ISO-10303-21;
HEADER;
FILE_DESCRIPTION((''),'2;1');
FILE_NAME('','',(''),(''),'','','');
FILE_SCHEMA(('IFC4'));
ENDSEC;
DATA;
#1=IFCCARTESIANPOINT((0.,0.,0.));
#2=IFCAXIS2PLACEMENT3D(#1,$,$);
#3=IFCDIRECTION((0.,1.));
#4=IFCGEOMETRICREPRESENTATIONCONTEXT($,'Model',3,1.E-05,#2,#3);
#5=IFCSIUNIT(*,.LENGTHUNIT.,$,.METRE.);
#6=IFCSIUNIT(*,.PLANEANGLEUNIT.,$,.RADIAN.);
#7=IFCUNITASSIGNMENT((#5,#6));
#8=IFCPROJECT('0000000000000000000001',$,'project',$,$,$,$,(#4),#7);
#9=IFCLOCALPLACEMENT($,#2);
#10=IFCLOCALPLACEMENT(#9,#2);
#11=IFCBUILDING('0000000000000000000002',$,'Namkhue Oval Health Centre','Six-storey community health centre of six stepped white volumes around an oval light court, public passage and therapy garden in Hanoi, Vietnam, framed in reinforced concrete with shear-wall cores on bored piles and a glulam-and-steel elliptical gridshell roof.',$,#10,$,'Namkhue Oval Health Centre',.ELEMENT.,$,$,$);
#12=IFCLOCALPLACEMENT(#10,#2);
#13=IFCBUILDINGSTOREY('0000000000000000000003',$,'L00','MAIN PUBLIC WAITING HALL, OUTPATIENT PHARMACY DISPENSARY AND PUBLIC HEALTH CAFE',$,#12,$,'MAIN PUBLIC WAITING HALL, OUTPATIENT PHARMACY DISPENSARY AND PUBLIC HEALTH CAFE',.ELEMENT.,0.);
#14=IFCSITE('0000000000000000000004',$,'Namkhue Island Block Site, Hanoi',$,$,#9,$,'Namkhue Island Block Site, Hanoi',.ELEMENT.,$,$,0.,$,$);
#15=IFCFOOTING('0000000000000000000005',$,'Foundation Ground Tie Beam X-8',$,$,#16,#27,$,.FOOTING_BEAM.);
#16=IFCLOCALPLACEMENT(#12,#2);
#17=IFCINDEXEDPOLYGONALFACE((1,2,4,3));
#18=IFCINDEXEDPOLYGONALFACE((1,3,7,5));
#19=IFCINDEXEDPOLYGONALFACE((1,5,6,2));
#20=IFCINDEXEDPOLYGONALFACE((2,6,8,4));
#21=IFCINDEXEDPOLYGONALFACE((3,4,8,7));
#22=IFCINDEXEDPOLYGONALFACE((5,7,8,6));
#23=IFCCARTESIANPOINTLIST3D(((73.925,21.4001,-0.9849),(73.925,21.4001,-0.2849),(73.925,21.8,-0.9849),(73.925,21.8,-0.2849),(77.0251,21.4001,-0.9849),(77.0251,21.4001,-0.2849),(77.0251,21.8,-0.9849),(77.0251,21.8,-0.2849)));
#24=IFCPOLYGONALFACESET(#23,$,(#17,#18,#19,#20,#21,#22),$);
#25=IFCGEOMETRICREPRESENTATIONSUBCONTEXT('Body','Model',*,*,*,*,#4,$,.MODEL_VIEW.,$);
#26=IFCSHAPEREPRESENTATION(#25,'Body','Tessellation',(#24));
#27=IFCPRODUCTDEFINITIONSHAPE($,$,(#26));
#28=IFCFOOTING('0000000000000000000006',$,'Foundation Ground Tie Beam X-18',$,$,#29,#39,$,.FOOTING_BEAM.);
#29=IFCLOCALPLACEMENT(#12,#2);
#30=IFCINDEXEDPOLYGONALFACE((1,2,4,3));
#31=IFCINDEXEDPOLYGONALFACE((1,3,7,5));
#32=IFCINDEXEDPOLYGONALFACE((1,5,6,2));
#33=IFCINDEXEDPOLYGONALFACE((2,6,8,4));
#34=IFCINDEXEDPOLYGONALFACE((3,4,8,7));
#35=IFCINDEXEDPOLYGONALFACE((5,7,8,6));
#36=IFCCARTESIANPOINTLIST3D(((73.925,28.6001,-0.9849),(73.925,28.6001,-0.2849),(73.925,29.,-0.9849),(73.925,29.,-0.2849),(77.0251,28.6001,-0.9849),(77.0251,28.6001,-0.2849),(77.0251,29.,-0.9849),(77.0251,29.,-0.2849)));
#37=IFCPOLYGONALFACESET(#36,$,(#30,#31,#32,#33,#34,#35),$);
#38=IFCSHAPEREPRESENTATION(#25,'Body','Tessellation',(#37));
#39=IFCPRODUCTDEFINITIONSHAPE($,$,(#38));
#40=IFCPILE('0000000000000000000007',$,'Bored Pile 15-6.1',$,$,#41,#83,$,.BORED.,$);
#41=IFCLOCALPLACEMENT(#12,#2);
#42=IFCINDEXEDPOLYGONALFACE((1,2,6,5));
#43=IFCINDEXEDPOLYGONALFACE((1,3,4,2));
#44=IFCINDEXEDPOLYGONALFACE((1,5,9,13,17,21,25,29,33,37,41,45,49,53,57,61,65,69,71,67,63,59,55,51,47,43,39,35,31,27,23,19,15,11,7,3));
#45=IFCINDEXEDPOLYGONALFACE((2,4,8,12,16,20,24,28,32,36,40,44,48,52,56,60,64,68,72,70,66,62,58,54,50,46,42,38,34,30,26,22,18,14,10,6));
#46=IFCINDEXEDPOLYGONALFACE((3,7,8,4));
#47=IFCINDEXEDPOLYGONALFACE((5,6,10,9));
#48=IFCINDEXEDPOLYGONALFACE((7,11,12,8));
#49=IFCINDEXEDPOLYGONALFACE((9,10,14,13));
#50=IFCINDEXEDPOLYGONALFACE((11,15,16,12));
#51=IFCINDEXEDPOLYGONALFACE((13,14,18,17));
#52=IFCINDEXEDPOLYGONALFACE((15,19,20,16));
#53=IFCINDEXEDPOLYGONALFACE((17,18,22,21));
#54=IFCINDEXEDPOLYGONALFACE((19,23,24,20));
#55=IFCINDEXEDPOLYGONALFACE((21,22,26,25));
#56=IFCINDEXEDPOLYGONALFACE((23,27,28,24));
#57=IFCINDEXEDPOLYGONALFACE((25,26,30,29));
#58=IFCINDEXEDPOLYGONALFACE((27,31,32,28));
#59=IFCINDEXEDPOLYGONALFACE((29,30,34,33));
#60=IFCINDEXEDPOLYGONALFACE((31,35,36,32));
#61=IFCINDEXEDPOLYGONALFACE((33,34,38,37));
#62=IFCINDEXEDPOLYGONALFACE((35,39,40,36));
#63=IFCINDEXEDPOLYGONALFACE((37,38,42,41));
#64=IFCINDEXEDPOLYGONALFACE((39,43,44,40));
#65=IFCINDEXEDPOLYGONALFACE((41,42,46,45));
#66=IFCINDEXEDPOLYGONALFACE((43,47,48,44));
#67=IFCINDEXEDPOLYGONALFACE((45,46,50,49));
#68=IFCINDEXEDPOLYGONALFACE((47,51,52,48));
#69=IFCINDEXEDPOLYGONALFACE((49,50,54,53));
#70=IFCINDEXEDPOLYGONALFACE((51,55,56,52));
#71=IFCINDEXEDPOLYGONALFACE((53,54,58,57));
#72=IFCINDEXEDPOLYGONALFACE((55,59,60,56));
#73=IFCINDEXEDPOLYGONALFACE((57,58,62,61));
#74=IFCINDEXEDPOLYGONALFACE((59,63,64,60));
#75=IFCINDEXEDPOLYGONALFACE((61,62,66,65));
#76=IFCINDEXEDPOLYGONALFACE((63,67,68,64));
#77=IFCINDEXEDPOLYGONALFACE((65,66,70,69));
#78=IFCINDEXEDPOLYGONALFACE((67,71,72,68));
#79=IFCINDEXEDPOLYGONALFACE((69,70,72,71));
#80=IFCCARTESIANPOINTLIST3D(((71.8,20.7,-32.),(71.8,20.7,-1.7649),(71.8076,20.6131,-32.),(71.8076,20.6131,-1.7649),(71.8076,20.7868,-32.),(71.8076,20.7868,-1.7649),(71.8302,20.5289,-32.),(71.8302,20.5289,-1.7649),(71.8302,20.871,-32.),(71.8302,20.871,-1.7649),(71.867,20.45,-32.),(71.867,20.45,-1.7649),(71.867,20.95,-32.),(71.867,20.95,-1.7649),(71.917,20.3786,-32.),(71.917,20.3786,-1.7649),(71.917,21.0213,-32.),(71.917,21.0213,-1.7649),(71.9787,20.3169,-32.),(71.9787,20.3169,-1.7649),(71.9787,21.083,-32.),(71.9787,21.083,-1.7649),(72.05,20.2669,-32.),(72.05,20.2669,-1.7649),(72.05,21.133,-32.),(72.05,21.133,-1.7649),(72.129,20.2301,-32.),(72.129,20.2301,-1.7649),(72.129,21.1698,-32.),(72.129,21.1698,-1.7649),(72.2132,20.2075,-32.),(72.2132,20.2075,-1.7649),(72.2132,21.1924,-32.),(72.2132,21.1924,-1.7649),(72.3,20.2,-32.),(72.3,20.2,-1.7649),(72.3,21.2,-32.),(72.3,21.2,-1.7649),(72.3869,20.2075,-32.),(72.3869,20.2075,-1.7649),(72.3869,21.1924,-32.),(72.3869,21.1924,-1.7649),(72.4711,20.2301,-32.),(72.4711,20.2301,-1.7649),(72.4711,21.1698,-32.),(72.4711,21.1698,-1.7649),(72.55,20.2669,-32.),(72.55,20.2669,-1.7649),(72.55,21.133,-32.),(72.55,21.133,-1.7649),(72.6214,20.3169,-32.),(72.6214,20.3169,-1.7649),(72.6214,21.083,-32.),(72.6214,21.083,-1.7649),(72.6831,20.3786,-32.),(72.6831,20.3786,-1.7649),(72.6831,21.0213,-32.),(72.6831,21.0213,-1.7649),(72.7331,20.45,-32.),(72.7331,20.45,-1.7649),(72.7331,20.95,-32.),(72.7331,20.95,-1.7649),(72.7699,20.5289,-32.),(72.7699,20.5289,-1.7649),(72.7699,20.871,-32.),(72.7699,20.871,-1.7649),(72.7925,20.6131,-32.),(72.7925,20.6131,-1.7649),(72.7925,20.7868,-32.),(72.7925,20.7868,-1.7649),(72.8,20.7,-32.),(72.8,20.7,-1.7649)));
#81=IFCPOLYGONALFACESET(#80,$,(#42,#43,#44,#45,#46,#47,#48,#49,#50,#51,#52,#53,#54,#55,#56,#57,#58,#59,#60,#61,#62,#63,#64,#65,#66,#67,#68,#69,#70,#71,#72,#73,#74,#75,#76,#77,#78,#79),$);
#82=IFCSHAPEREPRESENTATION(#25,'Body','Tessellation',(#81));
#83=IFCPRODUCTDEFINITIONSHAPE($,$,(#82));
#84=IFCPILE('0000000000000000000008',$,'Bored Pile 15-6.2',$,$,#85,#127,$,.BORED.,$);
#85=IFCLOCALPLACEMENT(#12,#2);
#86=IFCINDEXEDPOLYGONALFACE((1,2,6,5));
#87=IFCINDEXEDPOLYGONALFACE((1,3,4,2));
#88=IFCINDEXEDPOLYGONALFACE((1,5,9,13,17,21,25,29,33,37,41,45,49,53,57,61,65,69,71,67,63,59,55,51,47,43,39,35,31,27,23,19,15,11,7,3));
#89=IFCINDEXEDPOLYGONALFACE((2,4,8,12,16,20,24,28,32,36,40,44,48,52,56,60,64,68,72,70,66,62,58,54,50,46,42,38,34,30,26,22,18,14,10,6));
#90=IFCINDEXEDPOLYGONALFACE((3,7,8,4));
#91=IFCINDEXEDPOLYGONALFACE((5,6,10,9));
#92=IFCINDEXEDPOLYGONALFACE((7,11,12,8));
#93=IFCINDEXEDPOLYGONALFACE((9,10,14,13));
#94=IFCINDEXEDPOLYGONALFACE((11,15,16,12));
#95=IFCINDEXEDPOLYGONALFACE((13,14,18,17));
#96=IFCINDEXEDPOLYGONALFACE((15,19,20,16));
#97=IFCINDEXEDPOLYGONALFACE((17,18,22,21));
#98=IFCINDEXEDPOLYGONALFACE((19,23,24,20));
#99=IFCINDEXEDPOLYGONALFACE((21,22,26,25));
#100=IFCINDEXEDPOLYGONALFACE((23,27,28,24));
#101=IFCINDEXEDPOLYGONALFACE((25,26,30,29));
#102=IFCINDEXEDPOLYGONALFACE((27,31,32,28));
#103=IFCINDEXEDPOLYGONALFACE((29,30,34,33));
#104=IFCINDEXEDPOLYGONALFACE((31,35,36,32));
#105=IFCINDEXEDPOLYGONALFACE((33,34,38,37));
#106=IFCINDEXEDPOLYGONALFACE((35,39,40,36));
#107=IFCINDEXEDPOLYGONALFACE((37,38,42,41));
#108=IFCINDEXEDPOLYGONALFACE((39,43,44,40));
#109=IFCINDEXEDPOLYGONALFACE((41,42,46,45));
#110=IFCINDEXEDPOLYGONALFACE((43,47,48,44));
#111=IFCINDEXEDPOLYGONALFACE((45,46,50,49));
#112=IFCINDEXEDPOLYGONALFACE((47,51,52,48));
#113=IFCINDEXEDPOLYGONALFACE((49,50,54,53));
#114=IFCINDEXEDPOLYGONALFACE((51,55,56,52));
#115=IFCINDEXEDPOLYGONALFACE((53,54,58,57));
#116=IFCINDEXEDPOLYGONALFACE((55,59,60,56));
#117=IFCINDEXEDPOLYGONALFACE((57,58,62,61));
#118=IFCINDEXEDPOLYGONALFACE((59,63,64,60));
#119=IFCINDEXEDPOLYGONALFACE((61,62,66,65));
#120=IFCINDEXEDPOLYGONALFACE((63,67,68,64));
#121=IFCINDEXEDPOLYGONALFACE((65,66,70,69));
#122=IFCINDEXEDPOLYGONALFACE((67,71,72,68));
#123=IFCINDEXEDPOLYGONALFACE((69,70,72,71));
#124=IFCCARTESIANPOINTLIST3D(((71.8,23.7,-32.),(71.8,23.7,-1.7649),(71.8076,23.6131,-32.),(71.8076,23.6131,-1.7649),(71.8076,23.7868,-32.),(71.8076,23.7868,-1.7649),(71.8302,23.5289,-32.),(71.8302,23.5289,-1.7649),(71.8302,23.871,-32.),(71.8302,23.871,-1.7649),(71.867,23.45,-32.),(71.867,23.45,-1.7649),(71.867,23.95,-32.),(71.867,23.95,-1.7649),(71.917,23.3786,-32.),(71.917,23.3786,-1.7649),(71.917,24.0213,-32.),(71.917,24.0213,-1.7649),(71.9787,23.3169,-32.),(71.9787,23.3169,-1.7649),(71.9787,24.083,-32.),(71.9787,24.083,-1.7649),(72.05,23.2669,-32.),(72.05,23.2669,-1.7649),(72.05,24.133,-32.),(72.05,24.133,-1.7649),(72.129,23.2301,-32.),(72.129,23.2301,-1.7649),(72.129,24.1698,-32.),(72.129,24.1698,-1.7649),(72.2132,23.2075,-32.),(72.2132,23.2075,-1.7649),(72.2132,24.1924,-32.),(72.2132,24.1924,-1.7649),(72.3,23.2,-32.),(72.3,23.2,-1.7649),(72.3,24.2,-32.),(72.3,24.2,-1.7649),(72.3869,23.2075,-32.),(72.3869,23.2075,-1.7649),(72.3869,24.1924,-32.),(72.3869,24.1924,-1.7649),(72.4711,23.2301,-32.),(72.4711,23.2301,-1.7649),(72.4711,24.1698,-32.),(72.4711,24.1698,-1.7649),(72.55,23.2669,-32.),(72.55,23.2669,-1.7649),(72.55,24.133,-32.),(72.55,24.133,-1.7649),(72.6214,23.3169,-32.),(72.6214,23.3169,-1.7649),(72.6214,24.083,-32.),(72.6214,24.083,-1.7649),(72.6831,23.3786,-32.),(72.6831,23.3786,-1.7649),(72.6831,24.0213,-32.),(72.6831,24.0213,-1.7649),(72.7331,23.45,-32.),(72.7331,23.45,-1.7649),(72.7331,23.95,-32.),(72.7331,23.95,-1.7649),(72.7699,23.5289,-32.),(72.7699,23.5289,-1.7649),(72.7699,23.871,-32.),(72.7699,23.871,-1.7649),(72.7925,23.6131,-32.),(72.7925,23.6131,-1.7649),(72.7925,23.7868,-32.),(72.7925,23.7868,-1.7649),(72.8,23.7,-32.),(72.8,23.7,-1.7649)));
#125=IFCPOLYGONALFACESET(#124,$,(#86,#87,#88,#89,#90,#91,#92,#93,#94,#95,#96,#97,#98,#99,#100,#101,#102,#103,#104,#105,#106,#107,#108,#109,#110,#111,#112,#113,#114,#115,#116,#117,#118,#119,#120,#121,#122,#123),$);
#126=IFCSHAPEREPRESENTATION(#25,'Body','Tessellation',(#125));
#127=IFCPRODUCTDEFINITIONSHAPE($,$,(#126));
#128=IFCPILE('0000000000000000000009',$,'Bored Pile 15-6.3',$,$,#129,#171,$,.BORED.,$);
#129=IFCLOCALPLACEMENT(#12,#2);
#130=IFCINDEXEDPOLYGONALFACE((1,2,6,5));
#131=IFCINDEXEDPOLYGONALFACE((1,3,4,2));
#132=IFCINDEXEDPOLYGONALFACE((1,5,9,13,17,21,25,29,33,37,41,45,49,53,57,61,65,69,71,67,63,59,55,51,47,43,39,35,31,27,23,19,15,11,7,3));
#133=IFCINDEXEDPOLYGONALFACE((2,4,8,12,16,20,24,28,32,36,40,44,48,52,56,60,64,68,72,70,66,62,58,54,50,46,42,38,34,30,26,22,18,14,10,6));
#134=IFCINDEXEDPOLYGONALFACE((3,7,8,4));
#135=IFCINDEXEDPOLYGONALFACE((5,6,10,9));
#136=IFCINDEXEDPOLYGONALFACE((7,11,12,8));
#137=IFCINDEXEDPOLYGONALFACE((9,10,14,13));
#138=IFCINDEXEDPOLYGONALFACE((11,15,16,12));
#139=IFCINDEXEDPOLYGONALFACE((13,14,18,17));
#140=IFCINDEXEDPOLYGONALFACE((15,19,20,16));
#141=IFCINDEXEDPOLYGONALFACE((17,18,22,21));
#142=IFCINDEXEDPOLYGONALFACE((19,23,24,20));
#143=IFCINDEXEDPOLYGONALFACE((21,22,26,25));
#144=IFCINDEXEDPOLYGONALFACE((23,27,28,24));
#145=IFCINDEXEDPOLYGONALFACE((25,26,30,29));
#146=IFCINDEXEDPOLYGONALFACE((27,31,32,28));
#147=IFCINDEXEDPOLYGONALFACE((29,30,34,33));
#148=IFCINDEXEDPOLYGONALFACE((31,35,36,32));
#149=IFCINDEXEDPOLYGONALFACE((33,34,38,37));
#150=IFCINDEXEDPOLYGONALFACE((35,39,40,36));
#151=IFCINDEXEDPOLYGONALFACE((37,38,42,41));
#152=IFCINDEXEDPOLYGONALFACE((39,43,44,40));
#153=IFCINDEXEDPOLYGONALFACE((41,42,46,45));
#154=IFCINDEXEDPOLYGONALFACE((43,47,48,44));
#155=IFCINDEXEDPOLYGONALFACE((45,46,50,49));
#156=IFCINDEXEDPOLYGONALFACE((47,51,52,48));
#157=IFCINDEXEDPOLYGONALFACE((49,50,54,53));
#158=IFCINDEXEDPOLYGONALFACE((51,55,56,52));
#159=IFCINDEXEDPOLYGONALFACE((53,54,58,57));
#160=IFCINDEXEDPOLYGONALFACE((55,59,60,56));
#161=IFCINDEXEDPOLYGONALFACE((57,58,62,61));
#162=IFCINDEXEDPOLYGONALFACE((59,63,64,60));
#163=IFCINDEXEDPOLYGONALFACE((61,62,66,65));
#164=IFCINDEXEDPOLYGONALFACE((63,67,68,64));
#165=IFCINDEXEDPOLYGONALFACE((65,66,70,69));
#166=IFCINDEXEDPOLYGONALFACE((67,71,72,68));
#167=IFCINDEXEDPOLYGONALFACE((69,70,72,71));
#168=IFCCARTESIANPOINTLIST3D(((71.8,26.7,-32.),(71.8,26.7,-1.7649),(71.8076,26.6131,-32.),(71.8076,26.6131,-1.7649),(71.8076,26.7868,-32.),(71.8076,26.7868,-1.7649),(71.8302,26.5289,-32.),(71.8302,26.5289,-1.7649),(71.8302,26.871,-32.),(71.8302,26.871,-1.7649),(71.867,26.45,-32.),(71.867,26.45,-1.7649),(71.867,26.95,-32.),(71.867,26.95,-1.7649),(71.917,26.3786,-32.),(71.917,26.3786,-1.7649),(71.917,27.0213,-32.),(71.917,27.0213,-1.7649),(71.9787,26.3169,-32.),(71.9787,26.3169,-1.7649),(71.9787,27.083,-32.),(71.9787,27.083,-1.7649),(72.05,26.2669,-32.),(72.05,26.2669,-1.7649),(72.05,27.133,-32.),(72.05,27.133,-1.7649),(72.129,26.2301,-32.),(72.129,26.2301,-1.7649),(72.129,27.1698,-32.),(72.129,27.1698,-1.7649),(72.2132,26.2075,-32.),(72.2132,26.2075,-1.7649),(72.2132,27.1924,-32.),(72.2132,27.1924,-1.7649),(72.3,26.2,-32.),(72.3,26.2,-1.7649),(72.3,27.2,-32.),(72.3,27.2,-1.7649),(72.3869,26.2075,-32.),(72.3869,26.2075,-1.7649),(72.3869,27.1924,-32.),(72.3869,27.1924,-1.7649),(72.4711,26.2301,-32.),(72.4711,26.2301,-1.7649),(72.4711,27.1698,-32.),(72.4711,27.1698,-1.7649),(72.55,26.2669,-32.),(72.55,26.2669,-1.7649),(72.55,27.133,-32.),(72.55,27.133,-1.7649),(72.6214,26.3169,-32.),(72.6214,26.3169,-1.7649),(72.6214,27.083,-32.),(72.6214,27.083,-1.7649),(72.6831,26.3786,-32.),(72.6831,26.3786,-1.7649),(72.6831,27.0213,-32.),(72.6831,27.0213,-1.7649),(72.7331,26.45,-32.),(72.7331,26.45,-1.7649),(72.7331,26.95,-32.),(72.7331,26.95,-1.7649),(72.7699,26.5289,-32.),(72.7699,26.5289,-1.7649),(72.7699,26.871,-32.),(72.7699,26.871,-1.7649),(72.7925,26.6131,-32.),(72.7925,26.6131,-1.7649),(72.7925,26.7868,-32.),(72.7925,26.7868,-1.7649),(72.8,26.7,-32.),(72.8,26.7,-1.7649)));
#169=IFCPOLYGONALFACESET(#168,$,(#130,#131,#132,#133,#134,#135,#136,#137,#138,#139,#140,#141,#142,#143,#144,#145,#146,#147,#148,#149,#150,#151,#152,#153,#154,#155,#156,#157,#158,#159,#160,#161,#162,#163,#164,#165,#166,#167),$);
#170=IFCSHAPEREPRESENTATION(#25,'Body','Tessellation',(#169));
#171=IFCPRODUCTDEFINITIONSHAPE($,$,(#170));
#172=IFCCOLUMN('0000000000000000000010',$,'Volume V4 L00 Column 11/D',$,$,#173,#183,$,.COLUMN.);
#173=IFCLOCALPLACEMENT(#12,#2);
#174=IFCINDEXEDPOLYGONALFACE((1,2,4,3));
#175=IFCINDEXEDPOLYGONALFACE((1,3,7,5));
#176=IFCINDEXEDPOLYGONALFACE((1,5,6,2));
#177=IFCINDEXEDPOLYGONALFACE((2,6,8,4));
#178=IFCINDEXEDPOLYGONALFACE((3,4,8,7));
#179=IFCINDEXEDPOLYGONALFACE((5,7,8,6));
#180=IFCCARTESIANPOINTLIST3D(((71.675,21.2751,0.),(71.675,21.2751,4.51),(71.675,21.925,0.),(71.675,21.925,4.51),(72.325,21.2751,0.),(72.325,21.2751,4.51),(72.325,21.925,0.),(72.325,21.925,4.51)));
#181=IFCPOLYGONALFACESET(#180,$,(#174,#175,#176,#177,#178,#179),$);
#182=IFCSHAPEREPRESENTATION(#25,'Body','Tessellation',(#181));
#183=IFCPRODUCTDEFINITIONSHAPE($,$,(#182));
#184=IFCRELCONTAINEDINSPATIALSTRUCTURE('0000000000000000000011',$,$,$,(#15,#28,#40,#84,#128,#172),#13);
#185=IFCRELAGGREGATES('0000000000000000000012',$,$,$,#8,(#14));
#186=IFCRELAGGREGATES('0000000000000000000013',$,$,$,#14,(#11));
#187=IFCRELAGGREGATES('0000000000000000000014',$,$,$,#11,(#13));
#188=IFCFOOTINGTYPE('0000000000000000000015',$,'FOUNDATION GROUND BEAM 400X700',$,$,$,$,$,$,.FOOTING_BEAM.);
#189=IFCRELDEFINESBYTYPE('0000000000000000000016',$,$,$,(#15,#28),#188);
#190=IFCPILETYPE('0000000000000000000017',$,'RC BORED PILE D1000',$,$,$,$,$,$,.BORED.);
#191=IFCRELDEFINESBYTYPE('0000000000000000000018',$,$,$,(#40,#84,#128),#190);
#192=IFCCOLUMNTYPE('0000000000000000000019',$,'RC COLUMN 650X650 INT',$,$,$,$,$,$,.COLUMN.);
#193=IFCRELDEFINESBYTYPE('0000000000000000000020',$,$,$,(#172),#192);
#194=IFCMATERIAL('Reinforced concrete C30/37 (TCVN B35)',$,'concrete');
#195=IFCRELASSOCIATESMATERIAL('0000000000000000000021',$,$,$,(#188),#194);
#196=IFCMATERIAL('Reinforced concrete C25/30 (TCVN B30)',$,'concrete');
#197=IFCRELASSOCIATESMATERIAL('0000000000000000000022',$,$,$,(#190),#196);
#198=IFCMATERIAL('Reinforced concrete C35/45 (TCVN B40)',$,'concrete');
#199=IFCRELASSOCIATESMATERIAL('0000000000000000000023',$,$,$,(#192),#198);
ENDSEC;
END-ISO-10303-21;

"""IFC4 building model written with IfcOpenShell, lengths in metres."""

from ifc_helpers import new_model, si_unit, direction, frame, origin, origin_2d, place, context, subcontext, project, spatial, rectangle, circle, extrude, material, material_profile, profile_set, type_object, element, save


model = new_model("IFC4")

# Units and contexts
model_context = context("Model", 3, precision=1e-05, world=origin(), true_north=direction((0.0, 1.0)))
body_context = subcontext(model_context, "Body", "Model", "MODEL_VIEW")
ifc_project = project(units=[si_unit("LENGTHUNIT", "METRE"), si_unit("PLANEANGLEUNIT", "RADIAN")], contexts=[model_context])

# Site, building, storey
site_placement = place(None, origin())
site = spatial("IfcSite", under=ifc_project, at=site_placement, Name="Namkhue Island Block Site, Hanoi", LongName="Namkhue Island Block Site, Hanoi", CompositionType="ELEMENT", RefElevation=0.0)
building_placement = place(site_placement, origin())
building = spatial("IfcBuilding", under=site, at=building_placement, Name="Namkhue Oval Health Centre", Description="Six-storey community health centre of six stepped white volumes around an oval light court, public passage and therapy garden in Hanoi, Vietnam, framed in reinforced concrete with shear-wall cores on bored piles and a glulam-and-steel elliptical gridshell roof.", LongName="Namkhue Oval Health Centre", CompositionType="ELEMENT")
storey_placement = place(building_placement, origin())
storey = spatial("IfcBuildingStorey", under=building, at=storey_placement, Name="L00", Description="MAIN PUBLIC WAITING HALL, OUTPATIENT PHARMACY DISPENSARY AND PUBLIC HEALTH CAFE", LongName="MAIN PUBLIC WAITING HALL, OUTPATIENT PHARMACY DISPENSARY AND PUBLIC HEALTH CAFE", CompositionType="ELEMENT", Elevation=0.0)

# Footings
ifc_material_1 = material(Name="Reinforced concrete C30/37 (TCVN B35)", Category="concrete")
footing_type = type_object("IfcFootingType", Name="FOUNDATION GROUND BEAM 400X700", PredefinedType="FOOTING_BEAM", material=ifc_material_1)
for number, where, z_axis, x_axis, name in (
    (1, (75.4751, 21.6001, -0.9849), (0.0, 0.0, 1.0), (1.0, 0.0, 0.0), "Foundation Ground Tie Beam X-8"),
    (2, (75.4751, 28.8, -0.9849), (0.0, 0.0, 1.0), (1.0, 0.0, 0.0), "Foundation Ground Tie Beam X-18"),
):
    element("IfcFooting", number, at=place(storey_placement, frame(where, z_axis=z_axis, x_axis=x_axis)), inside=storey, type_object=footing_type, Name=name, PredefinedType="FOOTING_BEAM", context=body_context, shape_type="SweptSolid", body=[
        extrude(rectangle(XDim=3.1001, YDim=0.3999, at=origin_2d()), origin(), (0.0, 0.0, 1.0), 0.7),
    ])

# Piles
ifc_material_2 = material(Name="Reinforced concrete C25/30 (TCVN B30)", Category="concrete")
ifc_material_profile_1 = material_profile(ifc_material_2, circle(Radius=0.5, at=origin_2d()), Name="BORED PILE D1000")
ifc_profile_set_1 = profile_set([ifc_material_profile_1], Name="Reinforced concrete C25/30 (TCVN B30)")
pile_type = type_object("IfcPileType", Name="RC BORED PILE D1000", PredefinedType="BORED", material=ifc_profile_set_1)
for number, where, z_axis, x_axis, name in (
    (3, (72.3, 20.7, -1.7649), (0.0, 0.0, -1.0), (1.0, 0.0, 0.0), "Bored Pile 15-6.1"),
    (4, (72.3, 23.7, -1.7649), (0.0, 0.0, -1.0), (1.0, 0.0, 0.0), "Bored Pile 15-6.2"),
    (5, (72.3, 26.7, -1.7649), (0.0, 0.0, -1.0), (1.0, 0.0, 0.0), "Bored Pile 15-6.3"),
):
    element("IfcPile", number, at=place(storey_placement, frame(where, z_axis=z_axis, x_axis=x_axis)), inside=storey, type_object=pile_type, Name=name, PredefinedType="BORED", context=body_context, shape_type="SweptSolid", body=[
        extrude(circle(Radius=0.5, at=origin_2d()), origin(), (0.0, 0.0, 1.0), 30.2351),
    ])

# Column
ifc_material_3 = material(Name="Reinforced concrete C35/45 (TCVN B40)", Category="concrete")
ifc_material_profile_2 = material_profile(ifc_material_3, rectangle(XDim=0.6499, YDim=0.6499, at=origin_2d()), Name="RC 650x650")
ifc_profile_set_2 = profile_set([ifc_material_profile_2], Name="Reinforced concrete C35/45 (TCVN B40)")
column_type_1 = type_object("IfcColumnType", Name="RC COLUMN 650X650 INT", PredefinedType="COLUMN", material=ifc_profile_set_2)
column_1_placement = place(storey_placement, frame((72.0, 21.6001, 0.0), z_axis=(0.0, 0.0, 1.0), x_axis=(1.0, 0.0, 0.0)))
element("IfcColumn", 6, at=column_1_placement, inside=storey, type_object=column_type_1, Name="Volume V4 L00 Column 11/D", PredefinedType="COLUMN", context=body_context, shape_type="SweptSolid", body=[
    extrude(rectangle(XDim=0.6499, YDim=0.6499, at=origin_2d()), origin(), (0.0, 0.0, 1.0), 4.51),
])

save(model, "model.ifc")
